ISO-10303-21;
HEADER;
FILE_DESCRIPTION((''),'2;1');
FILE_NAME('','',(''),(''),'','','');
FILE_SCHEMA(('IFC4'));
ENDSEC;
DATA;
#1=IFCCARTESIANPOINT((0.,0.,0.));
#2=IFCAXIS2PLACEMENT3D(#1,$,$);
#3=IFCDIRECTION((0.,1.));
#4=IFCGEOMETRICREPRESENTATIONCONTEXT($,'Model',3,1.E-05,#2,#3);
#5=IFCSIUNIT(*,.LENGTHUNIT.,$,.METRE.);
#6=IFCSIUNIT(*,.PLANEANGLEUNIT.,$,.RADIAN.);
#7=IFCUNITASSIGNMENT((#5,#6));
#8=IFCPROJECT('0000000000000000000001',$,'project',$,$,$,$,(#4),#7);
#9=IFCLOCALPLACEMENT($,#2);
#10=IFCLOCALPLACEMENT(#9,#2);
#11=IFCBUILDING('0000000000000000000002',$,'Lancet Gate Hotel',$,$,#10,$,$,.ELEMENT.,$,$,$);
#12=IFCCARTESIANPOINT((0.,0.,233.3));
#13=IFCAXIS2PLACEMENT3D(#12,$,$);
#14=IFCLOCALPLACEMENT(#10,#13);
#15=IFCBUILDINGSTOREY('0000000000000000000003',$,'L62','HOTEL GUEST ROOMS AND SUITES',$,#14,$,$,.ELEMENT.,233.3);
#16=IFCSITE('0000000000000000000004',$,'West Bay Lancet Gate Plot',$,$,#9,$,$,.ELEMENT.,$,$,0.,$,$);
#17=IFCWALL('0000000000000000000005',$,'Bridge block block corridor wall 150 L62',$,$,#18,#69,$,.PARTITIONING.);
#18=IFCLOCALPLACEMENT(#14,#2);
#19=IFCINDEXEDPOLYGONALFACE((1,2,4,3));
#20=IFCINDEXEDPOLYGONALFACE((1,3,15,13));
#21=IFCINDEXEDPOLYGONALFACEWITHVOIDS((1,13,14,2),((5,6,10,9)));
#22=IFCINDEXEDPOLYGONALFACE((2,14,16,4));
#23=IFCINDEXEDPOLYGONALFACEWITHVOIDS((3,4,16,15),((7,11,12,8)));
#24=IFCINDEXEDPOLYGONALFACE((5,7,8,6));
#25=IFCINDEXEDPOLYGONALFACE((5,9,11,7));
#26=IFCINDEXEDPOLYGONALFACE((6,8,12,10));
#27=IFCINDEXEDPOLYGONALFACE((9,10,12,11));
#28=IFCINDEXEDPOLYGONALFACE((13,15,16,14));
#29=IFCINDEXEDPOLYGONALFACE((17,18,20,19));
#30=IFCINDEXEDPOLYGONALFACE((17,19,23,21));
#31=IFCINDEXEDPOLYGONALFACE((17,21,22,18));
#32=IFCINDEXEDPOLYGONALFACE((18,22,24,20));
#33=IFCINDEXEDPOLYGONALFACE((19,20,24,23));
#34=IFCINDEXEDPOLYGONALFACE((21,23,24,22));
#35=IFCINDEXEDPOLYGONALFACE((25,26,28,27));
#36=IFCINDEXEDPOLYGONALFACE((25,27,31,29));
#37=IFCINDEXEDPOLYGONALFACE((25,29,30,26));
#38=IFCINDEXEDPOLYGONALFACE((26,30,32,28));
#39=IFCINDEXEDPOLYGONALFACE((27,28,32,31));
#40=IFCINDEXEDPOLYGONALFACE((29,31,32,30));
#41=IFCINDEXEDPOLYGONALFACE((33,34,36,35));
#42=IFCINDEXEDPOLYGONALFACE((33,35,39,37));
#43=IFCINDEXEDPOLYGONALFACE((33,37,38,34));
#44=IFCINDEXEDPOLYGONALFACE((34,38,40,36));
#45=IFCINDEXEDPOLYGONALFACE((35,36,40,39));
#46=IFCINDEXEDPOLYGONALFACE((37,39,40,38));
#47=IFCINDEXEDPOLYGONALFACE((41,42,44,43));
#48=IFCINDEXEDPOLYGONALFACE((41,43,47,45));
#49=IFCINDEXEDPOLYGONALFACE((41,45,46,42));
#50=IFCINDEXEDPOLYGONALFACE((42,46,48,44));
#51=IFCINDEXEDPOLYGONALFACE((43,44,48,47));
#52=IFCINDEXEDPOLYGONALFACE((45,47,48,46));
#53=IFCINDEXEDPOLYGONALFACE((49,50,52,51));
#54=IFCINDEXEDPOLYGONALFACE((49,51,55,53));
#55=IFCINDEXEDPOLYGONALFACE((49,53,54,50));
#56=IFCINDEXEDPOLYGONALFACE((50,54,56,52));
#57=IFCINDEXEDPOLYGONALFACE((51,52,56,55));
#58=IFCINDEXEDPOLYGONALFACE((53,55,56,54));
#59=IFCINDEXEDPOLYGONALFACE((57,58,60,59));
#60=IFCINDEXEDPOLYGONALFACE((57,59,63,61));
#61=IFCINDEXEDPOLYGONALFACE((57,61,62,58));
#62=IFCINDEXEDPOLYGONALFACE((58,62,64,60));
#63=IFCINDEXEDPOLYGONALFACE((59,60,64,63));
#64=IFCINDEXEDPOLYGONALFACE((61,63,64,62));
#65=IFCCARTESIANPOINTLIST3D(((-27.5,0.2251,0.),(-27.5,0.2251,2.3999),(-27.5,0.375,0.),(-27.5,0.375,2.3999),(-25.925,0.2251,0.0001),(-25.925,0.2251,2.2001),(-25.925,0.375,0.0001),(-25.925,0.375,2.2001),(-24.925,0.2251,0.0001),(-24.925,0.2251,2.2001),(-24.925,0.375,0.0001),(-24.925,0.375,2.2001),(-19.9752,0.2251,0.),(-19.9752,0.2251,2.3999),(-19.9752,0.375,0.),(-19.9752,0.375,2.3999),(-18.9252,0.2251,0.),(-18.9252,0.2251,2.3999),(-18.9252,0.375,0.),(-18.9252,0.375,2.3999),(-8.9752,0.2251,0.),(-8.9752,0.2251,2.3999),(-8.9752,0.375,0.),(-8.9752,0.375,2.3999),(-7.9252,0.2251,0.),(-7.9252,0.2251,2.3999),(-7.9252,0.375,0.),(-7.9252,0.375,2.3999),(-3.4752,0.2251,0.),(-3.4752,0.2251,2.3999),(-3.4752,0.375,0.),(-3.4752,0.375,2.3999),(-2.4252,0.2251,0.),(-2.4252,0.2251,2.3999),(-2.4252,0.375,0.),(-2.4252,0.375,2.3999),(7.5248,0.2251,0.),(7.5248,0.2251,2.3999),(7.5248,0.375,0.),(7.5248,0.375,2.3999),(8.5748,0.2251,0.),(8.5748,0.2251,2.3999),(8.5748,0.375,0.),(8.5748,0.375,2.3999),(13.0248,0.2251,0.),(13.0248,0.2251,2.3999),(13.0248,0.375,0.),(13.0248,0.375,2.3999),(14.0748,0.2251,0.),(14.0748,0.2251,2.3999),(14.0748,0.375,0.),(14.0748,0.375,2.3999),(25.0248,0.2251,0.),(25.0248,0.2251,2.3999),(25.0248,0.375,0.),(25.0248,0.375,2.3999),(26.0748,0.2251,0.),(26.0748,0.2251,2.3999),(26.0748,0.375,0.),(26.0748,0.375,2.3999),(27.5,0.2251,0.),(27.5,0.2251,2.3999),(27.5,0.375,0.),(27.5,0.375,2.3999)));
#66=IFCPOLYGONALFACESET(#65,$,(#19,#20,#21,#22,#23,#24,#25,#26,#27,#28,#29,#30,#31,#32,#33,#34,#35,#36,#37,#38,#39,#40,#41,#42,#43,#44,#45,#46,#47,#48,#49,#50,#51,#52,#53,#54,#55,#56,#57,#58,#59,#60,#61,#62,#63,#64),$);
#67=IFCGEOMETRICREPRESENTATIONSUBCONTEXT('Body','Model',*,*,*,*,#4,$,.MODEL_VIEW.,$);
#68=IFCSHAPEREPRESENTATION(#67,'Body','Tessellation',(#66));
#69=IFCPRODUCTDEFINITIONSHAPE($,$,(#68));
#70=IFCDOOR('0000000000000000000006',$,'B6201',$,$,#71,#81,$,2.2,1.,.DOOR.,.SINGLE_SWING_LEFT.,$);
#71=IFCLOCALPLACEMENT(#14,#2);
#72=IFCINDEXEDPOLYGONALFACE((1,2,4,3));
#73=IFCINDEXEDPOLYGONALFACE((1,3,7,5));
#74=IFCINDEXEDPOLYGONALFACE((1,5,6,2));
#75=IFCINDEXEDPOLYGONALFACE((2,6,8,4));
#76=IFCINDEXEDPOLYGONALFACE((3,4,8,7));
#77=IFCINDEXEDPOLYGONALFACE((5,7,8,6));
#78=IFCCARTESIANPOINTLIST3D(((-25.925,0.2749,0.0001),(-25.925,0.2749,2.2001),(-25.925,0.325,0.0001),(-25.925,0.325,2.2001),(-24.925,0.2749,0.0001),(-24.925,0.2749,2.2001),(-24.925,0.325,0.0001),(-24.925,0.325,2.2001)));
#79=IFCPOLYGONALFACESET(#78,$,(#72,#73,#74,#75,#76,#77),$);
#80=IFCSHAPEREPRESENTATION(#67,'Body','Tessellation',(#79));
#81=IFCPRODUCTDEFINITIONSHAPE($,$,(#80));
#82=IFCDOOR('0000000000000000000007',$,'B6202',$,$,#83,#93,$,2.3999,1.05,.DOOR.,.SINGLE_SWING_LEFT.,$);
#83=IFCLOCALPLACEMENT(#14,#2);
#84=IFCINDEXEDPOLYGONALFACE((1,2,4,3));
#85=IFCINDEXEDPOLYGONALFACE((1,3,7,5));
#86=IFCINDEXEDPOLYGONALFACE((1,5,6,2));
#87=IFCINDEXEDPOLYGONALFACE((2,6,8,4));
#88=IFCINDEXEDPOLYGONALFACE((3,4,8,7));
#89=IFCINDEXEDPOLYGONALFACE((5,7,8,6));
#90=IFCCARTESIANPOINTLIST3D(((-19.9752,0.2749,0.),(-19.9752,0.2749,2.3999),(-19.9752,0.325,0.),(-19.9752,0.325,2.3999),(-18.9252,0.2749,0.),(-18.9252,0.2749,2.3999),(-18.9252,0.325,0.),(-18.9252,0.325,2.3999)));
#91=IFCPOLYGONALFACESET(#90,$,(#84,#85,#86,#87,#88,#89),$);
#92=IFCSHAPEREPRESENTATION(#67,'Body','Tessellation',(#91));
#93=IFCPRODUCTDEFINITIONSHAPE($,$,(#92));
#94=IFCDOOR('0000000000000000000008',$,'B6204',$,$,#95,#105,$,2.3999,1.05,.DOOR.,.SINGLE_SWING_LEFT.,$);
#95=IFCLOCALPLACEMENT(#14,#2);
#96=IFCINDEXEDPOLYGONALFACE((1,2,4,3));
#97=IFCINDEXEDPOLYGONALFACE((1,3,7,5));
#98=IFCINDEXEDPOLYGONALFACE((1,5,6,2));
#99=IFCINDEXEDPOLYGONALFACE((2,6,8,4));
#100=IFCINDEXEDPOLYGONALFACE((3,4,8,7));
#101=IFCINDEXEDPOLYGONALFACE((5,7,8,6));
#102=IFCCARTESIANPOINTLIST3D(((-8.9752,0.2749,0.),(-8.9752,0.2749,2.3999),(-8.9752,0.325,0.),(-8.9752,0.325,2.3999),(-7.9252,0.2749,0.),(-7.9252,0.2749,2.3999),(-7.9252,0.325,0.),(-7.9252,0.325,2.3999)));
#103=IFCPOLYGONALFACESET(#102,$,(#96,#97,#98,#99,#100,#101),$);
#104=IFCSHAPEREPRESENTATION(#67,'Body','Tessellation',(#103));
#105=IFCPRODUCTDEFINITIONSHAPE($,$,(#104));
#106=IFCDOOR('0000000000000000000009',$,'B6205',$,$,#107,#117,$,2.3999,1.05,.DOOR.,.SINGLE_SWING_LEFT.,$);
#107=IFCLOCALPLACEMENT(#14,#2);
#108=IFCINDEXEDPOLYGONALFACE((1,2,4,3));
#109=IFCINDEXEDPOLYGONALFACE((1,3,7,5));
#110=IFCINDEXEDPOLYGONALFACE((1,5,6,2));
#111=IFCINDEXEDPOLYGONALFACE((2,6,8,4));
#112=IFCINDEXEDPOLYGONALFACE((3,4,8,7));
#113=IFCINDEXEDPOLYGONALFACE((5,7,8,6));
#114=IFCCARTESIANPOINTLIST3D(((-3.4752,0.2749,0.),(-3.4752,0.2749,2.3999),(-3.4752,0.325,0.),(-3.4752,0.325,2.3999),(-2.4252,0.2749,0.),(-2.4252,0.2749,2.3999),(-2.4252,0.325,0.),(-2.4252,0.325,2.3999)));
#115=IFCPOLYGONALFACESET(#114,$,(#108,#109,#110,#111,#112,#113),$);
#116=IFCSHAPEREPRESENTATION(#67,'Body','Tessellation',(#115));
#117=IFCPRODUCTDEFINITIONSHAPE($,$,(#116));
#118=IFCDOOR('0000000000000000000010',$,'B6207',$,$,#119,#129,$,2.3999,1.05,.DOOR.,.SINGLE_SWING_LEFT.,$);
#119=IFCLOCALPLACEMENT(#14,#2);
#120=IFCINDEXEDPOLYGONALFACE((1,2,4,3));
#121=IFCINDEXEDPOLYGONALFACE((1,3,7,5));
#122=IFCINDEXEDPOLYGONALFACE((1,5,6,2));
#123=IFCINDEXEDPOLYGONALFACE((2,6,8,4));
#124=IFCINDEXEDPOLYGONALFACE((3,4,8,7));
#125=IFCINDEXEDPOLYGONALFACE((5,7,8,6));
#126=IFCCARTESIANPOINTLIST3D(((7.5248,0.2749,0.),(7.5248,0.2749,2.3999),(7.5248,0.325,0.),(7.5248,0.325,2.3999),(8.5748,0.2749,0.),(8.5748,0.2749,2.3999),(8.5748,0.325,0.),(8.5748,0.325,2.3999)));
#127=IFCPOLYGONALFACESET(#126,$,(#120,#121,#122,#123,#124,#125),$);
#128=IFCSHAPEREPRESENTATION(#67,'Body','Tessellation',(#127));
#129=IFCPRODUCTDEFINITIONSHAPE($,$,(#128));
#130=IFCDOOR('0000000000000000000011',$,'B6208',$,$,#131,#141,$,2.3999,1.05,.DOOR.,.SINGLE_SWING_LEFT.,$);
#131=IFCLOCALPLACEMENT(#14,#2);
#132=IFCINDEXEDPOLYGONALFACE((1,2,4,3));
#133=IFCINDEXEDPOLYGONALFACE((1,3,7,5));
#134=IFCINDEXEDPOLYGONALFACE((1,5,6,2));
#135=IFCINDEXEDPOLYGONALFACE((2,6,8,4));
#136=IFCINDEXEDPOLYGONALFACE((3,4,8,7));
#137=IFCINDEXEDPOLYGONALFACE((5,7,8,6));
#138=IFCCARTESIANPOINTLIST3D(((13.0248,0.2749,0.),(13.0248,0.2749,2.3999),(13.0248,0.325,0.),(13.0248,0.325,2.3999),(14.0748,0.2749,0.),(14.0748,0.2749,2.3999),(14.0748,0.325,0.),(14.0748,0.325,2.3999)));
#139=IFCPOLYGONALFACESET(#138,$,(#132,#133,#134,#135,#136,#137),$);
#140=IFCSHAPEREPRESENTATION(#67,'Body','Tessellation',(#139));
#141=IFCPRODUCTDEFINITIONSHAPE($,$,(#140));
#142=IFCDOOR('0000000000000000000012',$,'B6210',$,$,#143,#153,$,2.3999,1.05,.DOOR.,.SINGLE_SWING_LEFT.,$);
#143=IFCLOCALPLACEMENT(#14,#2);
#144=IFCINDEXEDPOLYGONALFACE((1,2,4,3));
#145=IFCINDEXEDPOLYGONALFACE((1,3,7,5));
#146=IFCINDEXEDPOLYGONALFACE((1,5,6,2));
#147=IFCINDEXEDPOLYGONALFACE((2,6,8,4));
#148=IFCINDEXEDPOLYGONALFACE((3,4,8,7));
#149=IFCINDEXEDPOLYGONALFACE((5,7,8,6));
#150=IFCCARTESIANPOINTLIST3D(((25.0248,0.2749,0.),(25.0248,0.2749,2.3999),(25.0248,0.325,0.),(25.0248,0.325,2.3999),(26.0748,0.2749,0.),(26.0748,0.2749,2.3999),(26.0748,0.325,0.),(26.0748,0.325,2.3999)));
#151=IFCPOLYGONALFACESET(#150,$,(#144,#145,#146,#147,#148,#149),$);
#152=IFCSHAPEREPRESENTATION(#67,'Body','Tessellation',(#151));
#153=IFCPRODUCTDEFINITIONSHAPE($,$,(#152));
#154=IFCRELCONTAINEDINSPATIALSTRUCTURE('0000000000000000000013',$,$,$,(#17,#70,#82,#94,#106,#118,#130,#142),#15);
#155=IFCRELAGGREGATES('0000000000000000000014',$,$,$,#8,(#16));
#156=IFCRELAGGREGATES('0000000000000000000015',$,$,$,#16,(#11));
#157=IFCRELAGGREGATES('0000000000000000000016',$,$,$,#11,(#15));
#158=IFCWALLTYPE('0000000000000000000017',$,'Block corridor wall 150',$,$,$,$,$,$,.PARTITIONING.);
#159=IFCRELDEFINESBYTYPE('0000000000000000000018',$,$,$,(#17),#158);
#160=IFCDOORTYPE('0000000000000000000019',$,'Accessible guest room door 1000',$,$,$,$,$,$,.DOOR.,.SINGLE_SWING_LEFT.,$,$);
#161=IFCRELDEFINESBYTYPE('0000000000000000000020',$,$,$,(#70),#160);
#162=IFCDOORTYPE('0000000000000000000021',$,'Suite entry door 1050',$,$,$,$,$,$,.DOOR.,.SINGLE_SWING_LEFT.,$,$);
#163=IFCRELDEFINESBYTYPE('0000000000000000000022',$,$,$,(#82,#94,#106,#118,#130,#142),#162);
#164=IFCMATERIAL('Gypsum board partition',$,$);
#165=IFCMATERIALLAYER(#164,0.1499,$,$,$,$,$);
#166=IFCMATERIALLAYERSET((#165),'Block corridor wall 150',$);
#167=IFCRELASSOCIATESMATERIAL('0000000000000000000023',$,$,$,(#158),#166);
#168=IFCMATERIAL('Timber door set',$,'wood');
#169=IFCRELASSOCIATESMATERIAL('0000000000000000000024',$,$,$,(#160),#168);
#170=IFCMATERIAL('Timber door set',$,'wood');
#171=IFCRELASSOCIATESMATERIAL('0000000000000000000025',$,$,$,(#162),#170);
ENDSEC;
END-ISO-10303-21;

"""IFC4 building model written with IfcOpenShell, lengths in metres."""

from ifc_helpers import new_model, si_unit, direction, frame, frame_2d, origin, place, context, subcontext, project, spatial, rectangle, extrude, material, layer, layer_set, type_object, element, fill, save


model = new_model("IFC4")

# Units and contexts
model_context = context("Model", 3, precision=1e-05, world=origin(), true_north=direction((0.0, 1.0)))
body_context = subcontext(model_context, "Body", "Model", "MODEL_VIEW")
ifc_project = project(units=[si_unit("LENGTHUNIT", "METRE"), si_unit("PLANEANGLEUNIT", "RADIAN")], contexts=[model_context])

# Site, building, storey
site_placement = place(None, origin())
site = spatial("IfcSite", under=ifc_project, at=site_placement, Name="West Bay Lancet Gate Plot", CompositionType="ELEMENT", RefElevation=0.0)
building_placement = place(site_placement, origin())
building = spatial("IfcBuilding", under=site, at=building_placement, Name="Lancet Gate Hotel", CompositionType="ELEMENT")
storey_placement = place(building_placement, frame((0.0, 0.0, 233.3)))
storey = spatial("IfcBuildingStorey", under=building, at=storey_placement, Name="L62", Description="HOTEL GUEST ROOMS AND SUITES", CompositionType="ELEMENT", Elevation=233.3)

# Wall, openings, doors
ifc_material_1 = material(Name="Gypsum board partition")
ifc_layer_1 = layer(ifc_material_1, 0.1499)
ifc_layer_set_1 = layer_set([ifc_layer_1], Name="Block corridor wall 150")
wall_type_1 = type_object("IfcWallType", Name="Block corridor wall 150", PredefinedType="PARTITIONING", material=ifc_layer_set_1)
wall_1_placement = place(storey_placement, frame((-27.5, 0.3, 0.0), z_axis=(0.0, 0.0, 1.0), x_axis=(1.0, 0.0, 0.0)))
wall_1 = element("IfcWall", 1, at=wall_1_placement, inside=storey, type_object=wall_type_1, Name="Bridge block block corridor wall 150 L62", PredefinedType="PARTITIONING", context=body_context, shape_type="SweptSolid", body=[
    extrude(rectangle(XDim=55.0, YDim=0.1499, at=frame_2d((27.5, 0.0))), origin(), (0.0, 0.0, 1.0), 2.3999),
])
opening_1_placement = place(wall_1_placement, frame((1.575, 0.0, 0.0)))
opening_1 = element("IfcOpeningElement", 2, at=opening_1_placement, cuts=wall_1, PredefinedType="OPENING", context=body_context, shape_type="SweptSolid", body=[
    extrude(rectangle(XDim=1.0, YDim=2.2, at=frame_2d((0.5, 1.1001))), frame((0.0, 0.085, 0.0), z_axis=(0.0, -1.0, 0.0), x_axis=(1.0, 0.0, 0.0)), (0.0, 0.0, 1.0), 0.1699),
])
opening_2_placement = place(wall_1_placement, frame((7.5249, 0.0, 0.0)))
opening_2 = element("IfcOpeningElement", 3, at=opening_2_placement, cuts=wall_1, PredefinedType="OPENING", context=body_context, shape_type="SweptSolid", body=[
    extrude(rectangle(XDim=1.05, YDim=2.3999, at=frame_2d((0.5249, 1.2))), frame((0.0, 0.085, 0.0), z_axis=(0.0, -1.0, 0.0), x_axis=(1.0, 0.0, 0.0)), (0.0, 0.0, 1.0), 0.1699),
])
opening_3_placement = place(wall_1_placement, frame((18.5249, 0.0, 0.0)))
opening_3 = element("IfcOpeningElement", 4, at=opening_3_placement, cuts=wall_1, PredefinedType="OPENING", context=body_context, shape_type="SweptSolid", body=[
    extrude(rectangle(XDim=1.05, YDim=2.3999, at=frame_2d((0.5249, 1.2))), frame((0.0, 0.085, 0.0), z_axis=(0.0, -1.0, 0.0), x_axis=(1.0, 0.0, 0.0)), (0.0, 0.0, 1.0), 0.1699),
])
opening_4_placement = place(wall_1_placement, frame((24.0249, 0.0, 0.0)))
opening_4 = element("IfcOpeningElement", 5, at=opening_4_placement, cuts=wall_1, PredefinedType="OPENING", context=body_context, shape_type="SweptSolid", body=[
    extrude(rectangle(XDim=1.05, YDim=2.3999, at=frame_2d((0.5249, 1.2))), frame((0.0, 0.085, 0.0), z_axis=(0.0, -1.0, 0.0), x_axis=(1.0, 0.0, 0.0)), (0.0, 0.0, 1.0), 0.1699),
])
opening_5_placement = place(wall_1_placement, frame((35.0249, 0.0, 0.0)))
opening_5 = element("IfcOpeningElement", 6, at=opening_5_placement, cuts=wall_1, PredefinedType="OPENING", context=body_context, shape_type="SweptSolid", body=[
    extrude(rectangle(XDim=1.05, YDim=2.3999, at=frame_2d((0.5249, 1.2))), frame((0.0, 0.085, 0.0), z_axis=(0.0, -1.0, 0.0), x_axis=(1.0, 0.0, 0.0)), (0.0, 0.0, 1.0), 0.1699),
])
opening_6_placement = place(wall_1_placement, frame((40.5249, 0.0, 0.0)))
opening_6 = element("IfcOpeningElement", 7, at=opening_6_placement, cuts=wall_1, PredefinedType="OPENING", context=body_context, shape_type="SweptSolid", body=[
    extrude(rectangle(XDim=1.05, YDim=2.3999, at=frame_2d((0.5249, 1.2))), frame((0.0, 0.085, 0.0), z_axis=(0.0, -1.0, 0.0), x_axis=(1.0, 0.0, 0.0)), (0.0, 0.0, 1.0), 0.1699),
])
opening_7_placement = place(wall_1_placement, frame((52.5249, 0.0, 0.0)))
opening_7 = element("IfcOpeningElement", 8, at=opening_7_placement, cuts=wall_1, PredefinedType="OPENING", context=body_context, shape_type="SweptSolid", body=[
    extrude(rectangle(XDim=1.05, YDim=2.3999, at=frame_2d((0.5249, 1.2))), frame((0.0, 0.085, 0.0), z_axis=(0.0, -1.0, 0.0), x_axis=(1.0, 0.0, 0.0)), (0.0, 0.0, 1.0), 0.1699),
])
ifc_material_2 = material(Name="Timber door set", Category="wood")
door_type_1 = type_object("IfcDoorType", Name="Accessible guest room door 1000", OperationType="SINGLE_SWING_LEFT", PredefinedType="DOOR", material=ifc_material_2)
door_1_placement = place(opening_1_placement, origin())
door_1 = element("IfcDoor", 9, at=door_1_placement, inside=storey, type_object=door_type_1, Name="B6201", OperationType="SINGLE_SWING_LEFT", OverallHeight=2.2, OverallWidth=1.0, PredefinedType="DOOR", context=body_context, shape_type="SweptSolid", body=[
    extrude(rectangle(XDim=1.0, YDim=2.2, at=frame_2d((0.5, 1.1001))), frame((0.0, 0.0249, 0.0), z_axis=(0.0, -1.0, 0.0), x_axis=(1.0, 0.0, 0.0)), (0.0, 0.0, 1.0), 0.05),
])
fill(opening_1, door_1)
ifc_material_3 = material(Name="Timber door set", Category="wood")
door_type_2 = type_object("IfcDoorType", Name="Suite entry door 1050", OperationType="SINGLE_SWING_LEFT", PredefinedType="DOOR", material=ifc_material_3)
door_2_placement = place(opening_2_placement, origin())
door_2 = element("IfcDoor", 10, at=door_2_placement, inside=storey, type_object=door_type_2, Name="B6202", OperationType="SINGLE_SWING_LEFT", OverallHeight=2.3999, OverallWidth=1.05, PredefinedType="DOOR", context=body_context, shape_type="SweptSolid", body=[
    extrude(rectangle(XDim=1.05, YDim=2.3999, at=frame_2d((0.5249, 1.2))), frame((0.0, 0.0249, 0.0), z_axis=(0.0, -1.0, 0.0), x_axis=(1.0, 0.0, 0.0)), (0.0, 0.0, 1.0), 0.05),
])
fill(opening_2, door_2)
door_3_placement = place(opening_3_placement, origin())
door_3 = element("IfcDoor", 11, at=door_3_placement, inside=storey, type_object=door_type_2, Name="B6204", OperationType="SINGLE_SWING_LEFT", OverallHeight=2.3999, OverallWidth=1.05, PredefinedType="DOOR", context=body_context, shape_type="SweptSolid", body=[
    extrude(rectangle(XDim=1.05, YDim=2.3999, at=frame_2d((0.5249, 1.2))), frame((0.0, 0.0249, 0.0), z_axis=(0.0, -1.0, 0.0), x_axis=(1.0, 0.0, 0.0)), (0.0, 0.0, 1.0), 0.05),
])
fill(opening_3, door_3)
door_4_placement = place(opening_4_placement, origin())
door_4 = element("IfcDoor", 12, at=door_4_placement, inside=storey, type_object=door_type_2, Name="B6205", OperationType="SINGLE_SWING_LEFT", OverallHeight=2.3999, OverallWidth=1.05, PredefinedType="DOOR", context=body_context, shape_type="SweptSolid", body=[
    extrude(rectangle(XDim=1.05, YDim=2.3999, at=frame_2d((0.5249, 1.2))), frame((0.0, 0.0249, 0.0), z_axis=(0.0, -1.0, 0.0), x_axis=(1.0, 0.0, 0.0)), (0.0, 0.0, 1.0), 0.05),
])
fill(opening_4, door_4)
door_5_placement = place(opening_5_placement, origin())
door_5 = element("IfcDoor", 13, at=door_5_placement, inside=storey, type_object=door_type_2, Name="B6207", OperationType="SINGLE_SWING_LEFT", OverallHeight=2.3999, OverallWidth=1.05, PredefinedType="DOOR", context=body_context, shape_type="SweptSolid", body=[
    extrude(rectangle(XDim=1.05, YDim=2.3999, at=frame_2d((0.5249, 1.2))), frame((0.0, 0.0249, 0.0), z_axis=(0.0, -1.0, 0.0), x_axis=(1.0, 0.0, 0.0)), (0.0, 0.0, 1.0), 0.05),
])
fill(opening_5, door_5)
door_6_placement = place(opening_6_placement, origin())
door_6 = element("IfcDoor", 14, at=door_6_placement, inside=storey, type_object=door_type_2, Name="B6208", OperationType="SINGLE_SWING_LEFT", OverallHeight=2.3999, OverallWidth=1.05, PredefinedType="DOOR", context=body_context, shape_type="SweptSolid", body=[
    extrude(rectangle(XDim=1.05, YDim=2.3999, at=frame_2d((0.5249, 1.2))), frame((0.0, 0.0249, 0.0), z_axis=(0.0, -1.0, 0.0), x_axis=(1.0, 0.0, 0.0)), (0.0, 0.0, 1.0), 0.05),
])
fill(opening_6, door_6)
door_7_placement = place(opening_7_placement, origin())
door_7 = element("IfcDoor", 15, at=door_7_placement, inside=storey, type_object=door_type_2, Name="B6210", OperationType="SINGLE_SWING_LEFT", OverallHeight=2.3999, OverallWidth=1.05, PredefinedType="DOOR", context=body_context, shape_type="SweptSolid", body=[
    extrude(rectangle(XDim=1.05, YDim=2.3999, at=frame_2d((0.5249, 1.2))), frame((0.0, 0.0249, 0.0), z_axis=(0.0, -1.0, 0.0), x_axis=(1.0, 0.0, 0.0)), (0.0, 0.0, 1.0), 0.05),
])
fill(opening_7, door_7)

save(model, "model.ifc")
